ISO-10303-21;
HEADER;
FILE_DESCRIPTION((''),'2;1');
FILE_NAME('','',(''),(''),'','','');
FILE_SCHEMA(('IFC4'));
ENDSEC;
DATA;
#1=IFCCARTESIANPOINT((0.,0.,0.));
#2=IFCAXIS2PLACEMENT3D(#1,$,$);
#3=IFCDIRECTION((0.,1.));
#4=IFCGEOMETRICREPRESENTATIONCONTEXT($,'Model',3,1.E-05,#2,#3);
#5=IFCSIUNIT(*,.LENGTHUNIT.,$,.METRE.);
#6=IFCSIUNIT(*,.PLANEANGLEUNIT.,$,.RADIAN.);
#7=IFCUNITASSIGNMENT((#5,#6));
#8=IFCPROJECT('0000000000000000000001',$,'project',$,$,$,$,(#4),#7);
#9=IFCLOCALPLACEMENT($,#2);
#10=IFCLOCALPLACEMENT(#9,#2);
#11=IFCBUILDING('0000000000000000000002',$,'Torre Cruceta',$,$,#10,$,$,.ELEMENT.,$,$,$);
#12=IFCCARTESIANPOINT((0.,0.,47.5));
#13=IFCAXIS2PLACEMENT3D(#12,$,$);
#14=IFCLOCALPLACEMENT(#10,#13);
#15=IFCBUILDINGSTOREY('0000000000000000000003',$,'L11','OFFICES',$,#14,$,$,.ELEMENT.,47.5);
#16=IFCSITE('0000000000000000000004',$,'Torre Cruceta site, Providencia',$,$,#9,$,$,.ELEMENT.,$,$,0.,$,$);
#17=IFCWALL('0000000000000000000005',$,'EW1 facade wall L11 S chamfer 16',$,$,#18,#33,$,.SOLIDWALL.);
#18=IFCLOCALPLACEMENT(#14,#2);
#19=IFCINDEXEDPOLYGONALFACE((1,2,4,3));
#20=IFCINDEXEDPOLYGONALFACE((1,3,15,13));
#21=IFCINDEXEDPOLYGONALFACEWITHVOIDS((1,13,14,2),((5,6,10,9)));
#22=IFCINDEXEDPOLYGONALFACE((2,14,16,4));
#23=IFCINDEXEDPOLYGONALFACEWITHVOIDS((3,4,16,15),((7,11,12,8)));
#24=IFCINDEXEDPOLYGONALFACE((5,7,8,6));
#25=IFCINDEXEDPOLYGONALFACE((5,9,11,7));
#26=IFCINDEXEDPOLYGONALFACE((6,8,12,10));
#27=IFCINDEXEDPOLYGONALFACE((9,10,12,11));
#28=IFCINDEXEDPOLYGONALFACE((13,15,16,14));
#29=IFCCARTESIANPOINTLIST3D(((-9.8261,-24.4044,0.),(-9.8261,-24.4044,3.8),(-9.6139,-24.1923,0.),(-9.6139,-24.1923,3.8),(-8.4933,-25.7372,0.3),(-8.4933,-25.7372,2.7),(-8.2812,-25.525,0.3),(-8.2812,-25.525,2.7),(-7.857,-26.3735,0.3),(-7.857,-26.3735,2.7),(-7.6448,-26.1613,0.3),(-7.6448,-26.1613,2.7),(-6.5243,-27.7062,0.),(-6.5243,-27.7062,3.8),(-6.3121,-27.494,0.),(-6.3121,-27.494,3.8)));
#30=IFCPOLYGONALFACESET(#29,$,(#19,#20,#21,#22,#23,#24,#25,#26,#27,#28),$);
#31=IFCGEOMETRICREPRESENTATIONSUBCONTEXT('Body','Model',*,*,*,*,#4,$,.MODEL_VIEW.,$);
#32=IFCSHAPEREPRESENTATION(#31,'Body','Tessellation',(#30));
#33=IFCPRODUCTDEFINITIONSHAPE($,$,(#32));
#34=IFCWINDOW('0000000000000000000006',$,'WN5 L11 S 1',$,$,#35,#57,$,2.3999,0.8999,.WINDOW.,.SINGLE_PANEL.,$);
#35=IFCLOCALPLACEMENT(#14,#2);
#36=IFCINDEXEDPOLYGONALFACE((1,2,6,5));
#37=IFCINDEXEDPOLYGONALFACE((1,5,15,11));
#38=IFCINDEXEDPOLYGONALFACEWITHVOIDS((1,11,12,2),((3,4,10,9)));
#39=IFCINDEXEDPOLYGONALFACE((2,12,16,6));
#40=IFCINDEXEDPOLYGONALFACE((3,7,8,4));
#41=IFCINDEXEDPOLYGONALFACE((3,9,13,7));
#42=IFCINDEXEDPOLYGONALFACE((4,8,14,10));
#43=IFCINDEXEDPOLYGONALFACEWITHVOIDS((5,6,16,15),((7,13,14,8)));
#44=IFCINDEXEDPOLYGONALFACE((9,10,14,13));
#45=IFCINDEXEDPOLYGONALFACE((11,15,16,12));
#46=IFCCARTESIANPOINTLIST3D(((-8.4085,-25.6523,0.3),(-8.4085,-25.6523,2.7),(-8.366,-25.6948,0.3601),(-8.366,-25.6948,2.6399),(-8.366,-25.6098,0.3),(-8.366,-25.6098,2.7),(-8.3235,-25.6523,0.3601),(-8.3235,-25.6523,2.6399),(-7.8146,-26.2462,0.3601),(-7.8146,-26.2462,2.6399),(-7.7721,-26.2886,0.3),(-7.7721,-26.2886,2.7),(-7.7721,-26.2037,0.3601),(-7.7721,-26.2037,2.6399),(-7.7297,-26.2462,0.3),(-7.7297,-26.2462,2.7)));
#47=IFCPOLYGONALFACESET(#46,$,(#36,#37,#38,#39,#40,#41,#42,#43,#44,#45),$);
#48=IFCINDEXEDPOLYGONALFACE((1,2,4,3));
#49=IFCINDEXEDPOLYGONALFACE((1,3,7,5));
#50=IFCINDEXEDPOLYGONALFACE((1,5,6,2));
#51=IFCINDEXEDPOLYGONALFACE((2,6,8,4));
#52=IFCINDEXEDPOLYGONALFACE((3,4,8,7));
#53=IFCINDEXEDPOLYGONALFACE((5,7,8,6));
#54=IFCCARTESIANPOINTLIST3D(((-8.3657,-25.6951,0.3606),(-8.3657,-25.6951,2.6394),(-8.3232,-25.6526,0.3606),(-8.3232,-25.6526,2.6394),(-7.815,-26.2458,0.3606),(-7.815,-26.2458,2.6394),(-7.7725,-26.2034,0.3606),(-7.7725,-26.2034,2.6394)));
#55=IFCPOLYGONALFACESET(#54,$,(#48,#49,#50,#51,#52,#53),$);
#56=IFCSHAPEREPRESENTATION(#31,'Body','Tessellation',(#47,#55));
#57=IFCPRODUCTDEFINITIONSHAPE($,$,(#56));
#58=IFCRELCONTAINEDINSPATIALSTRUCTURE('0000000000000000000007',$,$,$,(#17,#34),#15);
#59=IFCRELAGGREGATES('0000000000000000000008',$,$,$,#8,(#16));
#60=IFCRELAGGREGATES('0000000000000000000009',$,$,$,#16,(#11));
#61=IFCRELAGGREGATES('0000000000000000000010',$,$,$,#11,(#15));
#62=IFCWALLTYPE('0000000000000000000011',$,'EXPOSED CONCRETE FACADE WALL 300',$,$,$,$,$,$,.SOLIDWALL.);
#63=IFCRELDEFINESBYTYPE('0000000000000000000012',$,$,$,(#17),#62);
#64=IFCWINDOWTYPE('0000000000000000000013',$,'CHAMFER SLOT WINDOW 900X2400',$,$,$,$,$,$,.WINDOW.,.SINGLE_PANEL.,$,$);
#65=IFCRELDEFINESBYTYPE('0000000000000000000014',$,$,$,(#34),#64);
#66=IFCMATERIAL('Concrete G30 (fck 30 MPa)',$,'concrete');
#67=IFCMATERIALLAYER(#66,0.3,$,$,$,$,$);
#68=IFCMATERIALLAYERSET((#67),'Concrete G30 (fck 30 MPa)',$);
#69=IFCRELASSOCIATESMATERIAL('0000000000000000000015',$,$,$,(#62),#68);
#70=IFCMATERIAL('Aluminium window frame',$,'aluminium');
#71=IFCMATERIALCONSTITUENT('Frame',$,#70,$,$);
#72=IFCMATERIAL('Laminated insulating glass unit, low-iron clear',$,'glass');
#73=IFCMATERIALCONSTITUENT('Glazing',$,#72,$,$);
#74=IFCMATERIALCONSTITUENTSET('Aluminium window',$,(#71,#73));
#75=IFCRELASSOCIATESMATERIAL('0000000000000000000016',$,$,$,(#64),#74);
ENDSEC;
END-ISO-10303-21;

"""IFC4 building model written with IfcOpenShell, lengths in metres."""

from ifc_helpers import new_model, si_unit, direction, frame, frame_2d, origin, place, context, subcontext, project, spatial, rectangle, hollow_rectangle, extrude, material, layer, layer_set, constituent, constituent_set, type_object, element, fill, save


model = new_model("IFC4")

# Units and contexts
model_context = context("Model", 3, precision=1e-05, world=origin(), true_north=direction((0.0, 1.0)))
body_context = subcontext(model_context, "Body", "Model", "MODEL_VIEW")
ifc_project = project(units=[si_unit("LENGTHUNIT", "METRE"), si_unit("PLANEANGLEUNIT", "RADIAN")], contexts=[model_context])

# Site, building, storey
site_placement = place(None, origin())
site = spatial("IfcSite", under=ifc_project, at=site_placement, Name="Torre Cruceta site, Providencia", CompositionType="ELEMENT", RefElevation=0.0)
building_placement = place(site_placement, origin())
building = spatial("IfcBuilding", under=site, at=building_placement, Name="Torre Cruceta", CompositionType="ELEMENT")
storey_placement = place(building_placement, frame((0.0, 0.0, 47.5)))
storey = spatial("IfcBuildingStorey", under=building, at=storey_placement, Name="L11", Description="OFFICES", CompositionType="ELEMENT", Elevation=47.5)

# Wall, opening, window
ifc_material_1 = material(Name="Concrete G30 (fck 30 MPa)", Category="concrete")
ifc_layer_1 = layer(ifc_material_1, 0.3)
ifc_layer_set_1 = layer_set([ifc_layer_1], Name="Concrete G30 (fck 30 MPa)")
wall_type = type_object("IfcWallType", Name="EXPOSED CONCRETE FACADE WALL 300", PredefinedType="SOLIDWALL", material=ifc_layer_set_1)
wall_placement = place(storey_placement, frame((-9.72, -24.2983, 0.0), z_axis=(0.0, 0.0, 1.0), x_axis=(0.707107, -0.707107, 0.0)))
wall = element("IfcWall", 1, at=wall_placement, inside=storey, type_object=wall_type, Name="EW1 facade wall L11 S chamfer 16", PredefinedType="SOLIDWALL", context=body_context, shape_type="SweptSolid", body=[
    extrude(rectangle(XDim=4.6694, YDim=0.3, at=frame_2d((2.3347, 0.0))), origin(), (0.0, 0.0, 1.0), 3.8),
])
opening_placement = place(wall_placement, frame((1.8848, 0.0, 0.3)))
opening = element("IfcOpeningElement", 2, at=opening_placement, cuts=wall, PredefinedType="OPENING", context=body_context, shape_type="SweptSolid", body=[
    extrude(rectangle(XDim=0.8999, YDim=2.3999, at=frame_2d((0.45, 1.2))), frame((0.0, 0.1599, 0.0), z_axis=(0.0, -1.0, 0.0), x_axis=(1.0, 0.0, 0.0)), (0.0, 0.0, 1.0), 0.3201),
])
ifc_material_2 = material(Name="Aluminium window frame", Category="aluminium")
ifc_constituent_1 = constituent(ifc_material_2, Name="Frame")
ifc_material_3 = material(Name="Laminated insulating glass unit, low-iron clear", Category="glass")
ifc_constituent_2 = constituent(ifc_material_3, Name="Glazing")
ifc_constituent_set = constituent_set(constituents=[ifc_constituent_1, ifc_constituent_2], Name="Aluminium window")
window_type = type_object("IfcWindowType", Name="CHAMFER SLOT WINDOW 900X2400", PartitioningType="SINGLE_PANEL", PredefinedType="WINDOW", material=ifc_constituent_set)
window_placement = place(opening_placement, origin())
window = element("IfcWindow", 3, at=window_placement, inside=storey, type_object=window_type, Name="WN5 L11 S 1", OverallHeight=2.3999, OverallWidth=0.8999, PartitioningType="SINGLE_PANEL", PredefinedType="WINDOW", context=body_context, shape_type="SweptSolid", body=[
    extrude(hollow_rectangle(XDim=0.8999, YDim=2.3999, WallThickness=0.0601, at=frame_2d((0.45, 1.2))), frame((0.0, 0.03, 0.0), z_axis=(0.0, -1.0, 0.0), x_axis=(1.0, 0.0, 0.0)), (0.0, 0.0, 1.0), 0.0601),
    extrude(rectangle(XDim=0.7788, YDim=2.2788, at=frame_2d((0.45, 1.2))), frame((0.0, 0.03, 0.0), z_axis=(0.0, -1.0, 0.0), x_axis=(1.0, 0.0, 0.0)), (0.0, 0.0, 1.0), 0.0601),
])
fill(opening, window)

save(model, "model.ifc")
